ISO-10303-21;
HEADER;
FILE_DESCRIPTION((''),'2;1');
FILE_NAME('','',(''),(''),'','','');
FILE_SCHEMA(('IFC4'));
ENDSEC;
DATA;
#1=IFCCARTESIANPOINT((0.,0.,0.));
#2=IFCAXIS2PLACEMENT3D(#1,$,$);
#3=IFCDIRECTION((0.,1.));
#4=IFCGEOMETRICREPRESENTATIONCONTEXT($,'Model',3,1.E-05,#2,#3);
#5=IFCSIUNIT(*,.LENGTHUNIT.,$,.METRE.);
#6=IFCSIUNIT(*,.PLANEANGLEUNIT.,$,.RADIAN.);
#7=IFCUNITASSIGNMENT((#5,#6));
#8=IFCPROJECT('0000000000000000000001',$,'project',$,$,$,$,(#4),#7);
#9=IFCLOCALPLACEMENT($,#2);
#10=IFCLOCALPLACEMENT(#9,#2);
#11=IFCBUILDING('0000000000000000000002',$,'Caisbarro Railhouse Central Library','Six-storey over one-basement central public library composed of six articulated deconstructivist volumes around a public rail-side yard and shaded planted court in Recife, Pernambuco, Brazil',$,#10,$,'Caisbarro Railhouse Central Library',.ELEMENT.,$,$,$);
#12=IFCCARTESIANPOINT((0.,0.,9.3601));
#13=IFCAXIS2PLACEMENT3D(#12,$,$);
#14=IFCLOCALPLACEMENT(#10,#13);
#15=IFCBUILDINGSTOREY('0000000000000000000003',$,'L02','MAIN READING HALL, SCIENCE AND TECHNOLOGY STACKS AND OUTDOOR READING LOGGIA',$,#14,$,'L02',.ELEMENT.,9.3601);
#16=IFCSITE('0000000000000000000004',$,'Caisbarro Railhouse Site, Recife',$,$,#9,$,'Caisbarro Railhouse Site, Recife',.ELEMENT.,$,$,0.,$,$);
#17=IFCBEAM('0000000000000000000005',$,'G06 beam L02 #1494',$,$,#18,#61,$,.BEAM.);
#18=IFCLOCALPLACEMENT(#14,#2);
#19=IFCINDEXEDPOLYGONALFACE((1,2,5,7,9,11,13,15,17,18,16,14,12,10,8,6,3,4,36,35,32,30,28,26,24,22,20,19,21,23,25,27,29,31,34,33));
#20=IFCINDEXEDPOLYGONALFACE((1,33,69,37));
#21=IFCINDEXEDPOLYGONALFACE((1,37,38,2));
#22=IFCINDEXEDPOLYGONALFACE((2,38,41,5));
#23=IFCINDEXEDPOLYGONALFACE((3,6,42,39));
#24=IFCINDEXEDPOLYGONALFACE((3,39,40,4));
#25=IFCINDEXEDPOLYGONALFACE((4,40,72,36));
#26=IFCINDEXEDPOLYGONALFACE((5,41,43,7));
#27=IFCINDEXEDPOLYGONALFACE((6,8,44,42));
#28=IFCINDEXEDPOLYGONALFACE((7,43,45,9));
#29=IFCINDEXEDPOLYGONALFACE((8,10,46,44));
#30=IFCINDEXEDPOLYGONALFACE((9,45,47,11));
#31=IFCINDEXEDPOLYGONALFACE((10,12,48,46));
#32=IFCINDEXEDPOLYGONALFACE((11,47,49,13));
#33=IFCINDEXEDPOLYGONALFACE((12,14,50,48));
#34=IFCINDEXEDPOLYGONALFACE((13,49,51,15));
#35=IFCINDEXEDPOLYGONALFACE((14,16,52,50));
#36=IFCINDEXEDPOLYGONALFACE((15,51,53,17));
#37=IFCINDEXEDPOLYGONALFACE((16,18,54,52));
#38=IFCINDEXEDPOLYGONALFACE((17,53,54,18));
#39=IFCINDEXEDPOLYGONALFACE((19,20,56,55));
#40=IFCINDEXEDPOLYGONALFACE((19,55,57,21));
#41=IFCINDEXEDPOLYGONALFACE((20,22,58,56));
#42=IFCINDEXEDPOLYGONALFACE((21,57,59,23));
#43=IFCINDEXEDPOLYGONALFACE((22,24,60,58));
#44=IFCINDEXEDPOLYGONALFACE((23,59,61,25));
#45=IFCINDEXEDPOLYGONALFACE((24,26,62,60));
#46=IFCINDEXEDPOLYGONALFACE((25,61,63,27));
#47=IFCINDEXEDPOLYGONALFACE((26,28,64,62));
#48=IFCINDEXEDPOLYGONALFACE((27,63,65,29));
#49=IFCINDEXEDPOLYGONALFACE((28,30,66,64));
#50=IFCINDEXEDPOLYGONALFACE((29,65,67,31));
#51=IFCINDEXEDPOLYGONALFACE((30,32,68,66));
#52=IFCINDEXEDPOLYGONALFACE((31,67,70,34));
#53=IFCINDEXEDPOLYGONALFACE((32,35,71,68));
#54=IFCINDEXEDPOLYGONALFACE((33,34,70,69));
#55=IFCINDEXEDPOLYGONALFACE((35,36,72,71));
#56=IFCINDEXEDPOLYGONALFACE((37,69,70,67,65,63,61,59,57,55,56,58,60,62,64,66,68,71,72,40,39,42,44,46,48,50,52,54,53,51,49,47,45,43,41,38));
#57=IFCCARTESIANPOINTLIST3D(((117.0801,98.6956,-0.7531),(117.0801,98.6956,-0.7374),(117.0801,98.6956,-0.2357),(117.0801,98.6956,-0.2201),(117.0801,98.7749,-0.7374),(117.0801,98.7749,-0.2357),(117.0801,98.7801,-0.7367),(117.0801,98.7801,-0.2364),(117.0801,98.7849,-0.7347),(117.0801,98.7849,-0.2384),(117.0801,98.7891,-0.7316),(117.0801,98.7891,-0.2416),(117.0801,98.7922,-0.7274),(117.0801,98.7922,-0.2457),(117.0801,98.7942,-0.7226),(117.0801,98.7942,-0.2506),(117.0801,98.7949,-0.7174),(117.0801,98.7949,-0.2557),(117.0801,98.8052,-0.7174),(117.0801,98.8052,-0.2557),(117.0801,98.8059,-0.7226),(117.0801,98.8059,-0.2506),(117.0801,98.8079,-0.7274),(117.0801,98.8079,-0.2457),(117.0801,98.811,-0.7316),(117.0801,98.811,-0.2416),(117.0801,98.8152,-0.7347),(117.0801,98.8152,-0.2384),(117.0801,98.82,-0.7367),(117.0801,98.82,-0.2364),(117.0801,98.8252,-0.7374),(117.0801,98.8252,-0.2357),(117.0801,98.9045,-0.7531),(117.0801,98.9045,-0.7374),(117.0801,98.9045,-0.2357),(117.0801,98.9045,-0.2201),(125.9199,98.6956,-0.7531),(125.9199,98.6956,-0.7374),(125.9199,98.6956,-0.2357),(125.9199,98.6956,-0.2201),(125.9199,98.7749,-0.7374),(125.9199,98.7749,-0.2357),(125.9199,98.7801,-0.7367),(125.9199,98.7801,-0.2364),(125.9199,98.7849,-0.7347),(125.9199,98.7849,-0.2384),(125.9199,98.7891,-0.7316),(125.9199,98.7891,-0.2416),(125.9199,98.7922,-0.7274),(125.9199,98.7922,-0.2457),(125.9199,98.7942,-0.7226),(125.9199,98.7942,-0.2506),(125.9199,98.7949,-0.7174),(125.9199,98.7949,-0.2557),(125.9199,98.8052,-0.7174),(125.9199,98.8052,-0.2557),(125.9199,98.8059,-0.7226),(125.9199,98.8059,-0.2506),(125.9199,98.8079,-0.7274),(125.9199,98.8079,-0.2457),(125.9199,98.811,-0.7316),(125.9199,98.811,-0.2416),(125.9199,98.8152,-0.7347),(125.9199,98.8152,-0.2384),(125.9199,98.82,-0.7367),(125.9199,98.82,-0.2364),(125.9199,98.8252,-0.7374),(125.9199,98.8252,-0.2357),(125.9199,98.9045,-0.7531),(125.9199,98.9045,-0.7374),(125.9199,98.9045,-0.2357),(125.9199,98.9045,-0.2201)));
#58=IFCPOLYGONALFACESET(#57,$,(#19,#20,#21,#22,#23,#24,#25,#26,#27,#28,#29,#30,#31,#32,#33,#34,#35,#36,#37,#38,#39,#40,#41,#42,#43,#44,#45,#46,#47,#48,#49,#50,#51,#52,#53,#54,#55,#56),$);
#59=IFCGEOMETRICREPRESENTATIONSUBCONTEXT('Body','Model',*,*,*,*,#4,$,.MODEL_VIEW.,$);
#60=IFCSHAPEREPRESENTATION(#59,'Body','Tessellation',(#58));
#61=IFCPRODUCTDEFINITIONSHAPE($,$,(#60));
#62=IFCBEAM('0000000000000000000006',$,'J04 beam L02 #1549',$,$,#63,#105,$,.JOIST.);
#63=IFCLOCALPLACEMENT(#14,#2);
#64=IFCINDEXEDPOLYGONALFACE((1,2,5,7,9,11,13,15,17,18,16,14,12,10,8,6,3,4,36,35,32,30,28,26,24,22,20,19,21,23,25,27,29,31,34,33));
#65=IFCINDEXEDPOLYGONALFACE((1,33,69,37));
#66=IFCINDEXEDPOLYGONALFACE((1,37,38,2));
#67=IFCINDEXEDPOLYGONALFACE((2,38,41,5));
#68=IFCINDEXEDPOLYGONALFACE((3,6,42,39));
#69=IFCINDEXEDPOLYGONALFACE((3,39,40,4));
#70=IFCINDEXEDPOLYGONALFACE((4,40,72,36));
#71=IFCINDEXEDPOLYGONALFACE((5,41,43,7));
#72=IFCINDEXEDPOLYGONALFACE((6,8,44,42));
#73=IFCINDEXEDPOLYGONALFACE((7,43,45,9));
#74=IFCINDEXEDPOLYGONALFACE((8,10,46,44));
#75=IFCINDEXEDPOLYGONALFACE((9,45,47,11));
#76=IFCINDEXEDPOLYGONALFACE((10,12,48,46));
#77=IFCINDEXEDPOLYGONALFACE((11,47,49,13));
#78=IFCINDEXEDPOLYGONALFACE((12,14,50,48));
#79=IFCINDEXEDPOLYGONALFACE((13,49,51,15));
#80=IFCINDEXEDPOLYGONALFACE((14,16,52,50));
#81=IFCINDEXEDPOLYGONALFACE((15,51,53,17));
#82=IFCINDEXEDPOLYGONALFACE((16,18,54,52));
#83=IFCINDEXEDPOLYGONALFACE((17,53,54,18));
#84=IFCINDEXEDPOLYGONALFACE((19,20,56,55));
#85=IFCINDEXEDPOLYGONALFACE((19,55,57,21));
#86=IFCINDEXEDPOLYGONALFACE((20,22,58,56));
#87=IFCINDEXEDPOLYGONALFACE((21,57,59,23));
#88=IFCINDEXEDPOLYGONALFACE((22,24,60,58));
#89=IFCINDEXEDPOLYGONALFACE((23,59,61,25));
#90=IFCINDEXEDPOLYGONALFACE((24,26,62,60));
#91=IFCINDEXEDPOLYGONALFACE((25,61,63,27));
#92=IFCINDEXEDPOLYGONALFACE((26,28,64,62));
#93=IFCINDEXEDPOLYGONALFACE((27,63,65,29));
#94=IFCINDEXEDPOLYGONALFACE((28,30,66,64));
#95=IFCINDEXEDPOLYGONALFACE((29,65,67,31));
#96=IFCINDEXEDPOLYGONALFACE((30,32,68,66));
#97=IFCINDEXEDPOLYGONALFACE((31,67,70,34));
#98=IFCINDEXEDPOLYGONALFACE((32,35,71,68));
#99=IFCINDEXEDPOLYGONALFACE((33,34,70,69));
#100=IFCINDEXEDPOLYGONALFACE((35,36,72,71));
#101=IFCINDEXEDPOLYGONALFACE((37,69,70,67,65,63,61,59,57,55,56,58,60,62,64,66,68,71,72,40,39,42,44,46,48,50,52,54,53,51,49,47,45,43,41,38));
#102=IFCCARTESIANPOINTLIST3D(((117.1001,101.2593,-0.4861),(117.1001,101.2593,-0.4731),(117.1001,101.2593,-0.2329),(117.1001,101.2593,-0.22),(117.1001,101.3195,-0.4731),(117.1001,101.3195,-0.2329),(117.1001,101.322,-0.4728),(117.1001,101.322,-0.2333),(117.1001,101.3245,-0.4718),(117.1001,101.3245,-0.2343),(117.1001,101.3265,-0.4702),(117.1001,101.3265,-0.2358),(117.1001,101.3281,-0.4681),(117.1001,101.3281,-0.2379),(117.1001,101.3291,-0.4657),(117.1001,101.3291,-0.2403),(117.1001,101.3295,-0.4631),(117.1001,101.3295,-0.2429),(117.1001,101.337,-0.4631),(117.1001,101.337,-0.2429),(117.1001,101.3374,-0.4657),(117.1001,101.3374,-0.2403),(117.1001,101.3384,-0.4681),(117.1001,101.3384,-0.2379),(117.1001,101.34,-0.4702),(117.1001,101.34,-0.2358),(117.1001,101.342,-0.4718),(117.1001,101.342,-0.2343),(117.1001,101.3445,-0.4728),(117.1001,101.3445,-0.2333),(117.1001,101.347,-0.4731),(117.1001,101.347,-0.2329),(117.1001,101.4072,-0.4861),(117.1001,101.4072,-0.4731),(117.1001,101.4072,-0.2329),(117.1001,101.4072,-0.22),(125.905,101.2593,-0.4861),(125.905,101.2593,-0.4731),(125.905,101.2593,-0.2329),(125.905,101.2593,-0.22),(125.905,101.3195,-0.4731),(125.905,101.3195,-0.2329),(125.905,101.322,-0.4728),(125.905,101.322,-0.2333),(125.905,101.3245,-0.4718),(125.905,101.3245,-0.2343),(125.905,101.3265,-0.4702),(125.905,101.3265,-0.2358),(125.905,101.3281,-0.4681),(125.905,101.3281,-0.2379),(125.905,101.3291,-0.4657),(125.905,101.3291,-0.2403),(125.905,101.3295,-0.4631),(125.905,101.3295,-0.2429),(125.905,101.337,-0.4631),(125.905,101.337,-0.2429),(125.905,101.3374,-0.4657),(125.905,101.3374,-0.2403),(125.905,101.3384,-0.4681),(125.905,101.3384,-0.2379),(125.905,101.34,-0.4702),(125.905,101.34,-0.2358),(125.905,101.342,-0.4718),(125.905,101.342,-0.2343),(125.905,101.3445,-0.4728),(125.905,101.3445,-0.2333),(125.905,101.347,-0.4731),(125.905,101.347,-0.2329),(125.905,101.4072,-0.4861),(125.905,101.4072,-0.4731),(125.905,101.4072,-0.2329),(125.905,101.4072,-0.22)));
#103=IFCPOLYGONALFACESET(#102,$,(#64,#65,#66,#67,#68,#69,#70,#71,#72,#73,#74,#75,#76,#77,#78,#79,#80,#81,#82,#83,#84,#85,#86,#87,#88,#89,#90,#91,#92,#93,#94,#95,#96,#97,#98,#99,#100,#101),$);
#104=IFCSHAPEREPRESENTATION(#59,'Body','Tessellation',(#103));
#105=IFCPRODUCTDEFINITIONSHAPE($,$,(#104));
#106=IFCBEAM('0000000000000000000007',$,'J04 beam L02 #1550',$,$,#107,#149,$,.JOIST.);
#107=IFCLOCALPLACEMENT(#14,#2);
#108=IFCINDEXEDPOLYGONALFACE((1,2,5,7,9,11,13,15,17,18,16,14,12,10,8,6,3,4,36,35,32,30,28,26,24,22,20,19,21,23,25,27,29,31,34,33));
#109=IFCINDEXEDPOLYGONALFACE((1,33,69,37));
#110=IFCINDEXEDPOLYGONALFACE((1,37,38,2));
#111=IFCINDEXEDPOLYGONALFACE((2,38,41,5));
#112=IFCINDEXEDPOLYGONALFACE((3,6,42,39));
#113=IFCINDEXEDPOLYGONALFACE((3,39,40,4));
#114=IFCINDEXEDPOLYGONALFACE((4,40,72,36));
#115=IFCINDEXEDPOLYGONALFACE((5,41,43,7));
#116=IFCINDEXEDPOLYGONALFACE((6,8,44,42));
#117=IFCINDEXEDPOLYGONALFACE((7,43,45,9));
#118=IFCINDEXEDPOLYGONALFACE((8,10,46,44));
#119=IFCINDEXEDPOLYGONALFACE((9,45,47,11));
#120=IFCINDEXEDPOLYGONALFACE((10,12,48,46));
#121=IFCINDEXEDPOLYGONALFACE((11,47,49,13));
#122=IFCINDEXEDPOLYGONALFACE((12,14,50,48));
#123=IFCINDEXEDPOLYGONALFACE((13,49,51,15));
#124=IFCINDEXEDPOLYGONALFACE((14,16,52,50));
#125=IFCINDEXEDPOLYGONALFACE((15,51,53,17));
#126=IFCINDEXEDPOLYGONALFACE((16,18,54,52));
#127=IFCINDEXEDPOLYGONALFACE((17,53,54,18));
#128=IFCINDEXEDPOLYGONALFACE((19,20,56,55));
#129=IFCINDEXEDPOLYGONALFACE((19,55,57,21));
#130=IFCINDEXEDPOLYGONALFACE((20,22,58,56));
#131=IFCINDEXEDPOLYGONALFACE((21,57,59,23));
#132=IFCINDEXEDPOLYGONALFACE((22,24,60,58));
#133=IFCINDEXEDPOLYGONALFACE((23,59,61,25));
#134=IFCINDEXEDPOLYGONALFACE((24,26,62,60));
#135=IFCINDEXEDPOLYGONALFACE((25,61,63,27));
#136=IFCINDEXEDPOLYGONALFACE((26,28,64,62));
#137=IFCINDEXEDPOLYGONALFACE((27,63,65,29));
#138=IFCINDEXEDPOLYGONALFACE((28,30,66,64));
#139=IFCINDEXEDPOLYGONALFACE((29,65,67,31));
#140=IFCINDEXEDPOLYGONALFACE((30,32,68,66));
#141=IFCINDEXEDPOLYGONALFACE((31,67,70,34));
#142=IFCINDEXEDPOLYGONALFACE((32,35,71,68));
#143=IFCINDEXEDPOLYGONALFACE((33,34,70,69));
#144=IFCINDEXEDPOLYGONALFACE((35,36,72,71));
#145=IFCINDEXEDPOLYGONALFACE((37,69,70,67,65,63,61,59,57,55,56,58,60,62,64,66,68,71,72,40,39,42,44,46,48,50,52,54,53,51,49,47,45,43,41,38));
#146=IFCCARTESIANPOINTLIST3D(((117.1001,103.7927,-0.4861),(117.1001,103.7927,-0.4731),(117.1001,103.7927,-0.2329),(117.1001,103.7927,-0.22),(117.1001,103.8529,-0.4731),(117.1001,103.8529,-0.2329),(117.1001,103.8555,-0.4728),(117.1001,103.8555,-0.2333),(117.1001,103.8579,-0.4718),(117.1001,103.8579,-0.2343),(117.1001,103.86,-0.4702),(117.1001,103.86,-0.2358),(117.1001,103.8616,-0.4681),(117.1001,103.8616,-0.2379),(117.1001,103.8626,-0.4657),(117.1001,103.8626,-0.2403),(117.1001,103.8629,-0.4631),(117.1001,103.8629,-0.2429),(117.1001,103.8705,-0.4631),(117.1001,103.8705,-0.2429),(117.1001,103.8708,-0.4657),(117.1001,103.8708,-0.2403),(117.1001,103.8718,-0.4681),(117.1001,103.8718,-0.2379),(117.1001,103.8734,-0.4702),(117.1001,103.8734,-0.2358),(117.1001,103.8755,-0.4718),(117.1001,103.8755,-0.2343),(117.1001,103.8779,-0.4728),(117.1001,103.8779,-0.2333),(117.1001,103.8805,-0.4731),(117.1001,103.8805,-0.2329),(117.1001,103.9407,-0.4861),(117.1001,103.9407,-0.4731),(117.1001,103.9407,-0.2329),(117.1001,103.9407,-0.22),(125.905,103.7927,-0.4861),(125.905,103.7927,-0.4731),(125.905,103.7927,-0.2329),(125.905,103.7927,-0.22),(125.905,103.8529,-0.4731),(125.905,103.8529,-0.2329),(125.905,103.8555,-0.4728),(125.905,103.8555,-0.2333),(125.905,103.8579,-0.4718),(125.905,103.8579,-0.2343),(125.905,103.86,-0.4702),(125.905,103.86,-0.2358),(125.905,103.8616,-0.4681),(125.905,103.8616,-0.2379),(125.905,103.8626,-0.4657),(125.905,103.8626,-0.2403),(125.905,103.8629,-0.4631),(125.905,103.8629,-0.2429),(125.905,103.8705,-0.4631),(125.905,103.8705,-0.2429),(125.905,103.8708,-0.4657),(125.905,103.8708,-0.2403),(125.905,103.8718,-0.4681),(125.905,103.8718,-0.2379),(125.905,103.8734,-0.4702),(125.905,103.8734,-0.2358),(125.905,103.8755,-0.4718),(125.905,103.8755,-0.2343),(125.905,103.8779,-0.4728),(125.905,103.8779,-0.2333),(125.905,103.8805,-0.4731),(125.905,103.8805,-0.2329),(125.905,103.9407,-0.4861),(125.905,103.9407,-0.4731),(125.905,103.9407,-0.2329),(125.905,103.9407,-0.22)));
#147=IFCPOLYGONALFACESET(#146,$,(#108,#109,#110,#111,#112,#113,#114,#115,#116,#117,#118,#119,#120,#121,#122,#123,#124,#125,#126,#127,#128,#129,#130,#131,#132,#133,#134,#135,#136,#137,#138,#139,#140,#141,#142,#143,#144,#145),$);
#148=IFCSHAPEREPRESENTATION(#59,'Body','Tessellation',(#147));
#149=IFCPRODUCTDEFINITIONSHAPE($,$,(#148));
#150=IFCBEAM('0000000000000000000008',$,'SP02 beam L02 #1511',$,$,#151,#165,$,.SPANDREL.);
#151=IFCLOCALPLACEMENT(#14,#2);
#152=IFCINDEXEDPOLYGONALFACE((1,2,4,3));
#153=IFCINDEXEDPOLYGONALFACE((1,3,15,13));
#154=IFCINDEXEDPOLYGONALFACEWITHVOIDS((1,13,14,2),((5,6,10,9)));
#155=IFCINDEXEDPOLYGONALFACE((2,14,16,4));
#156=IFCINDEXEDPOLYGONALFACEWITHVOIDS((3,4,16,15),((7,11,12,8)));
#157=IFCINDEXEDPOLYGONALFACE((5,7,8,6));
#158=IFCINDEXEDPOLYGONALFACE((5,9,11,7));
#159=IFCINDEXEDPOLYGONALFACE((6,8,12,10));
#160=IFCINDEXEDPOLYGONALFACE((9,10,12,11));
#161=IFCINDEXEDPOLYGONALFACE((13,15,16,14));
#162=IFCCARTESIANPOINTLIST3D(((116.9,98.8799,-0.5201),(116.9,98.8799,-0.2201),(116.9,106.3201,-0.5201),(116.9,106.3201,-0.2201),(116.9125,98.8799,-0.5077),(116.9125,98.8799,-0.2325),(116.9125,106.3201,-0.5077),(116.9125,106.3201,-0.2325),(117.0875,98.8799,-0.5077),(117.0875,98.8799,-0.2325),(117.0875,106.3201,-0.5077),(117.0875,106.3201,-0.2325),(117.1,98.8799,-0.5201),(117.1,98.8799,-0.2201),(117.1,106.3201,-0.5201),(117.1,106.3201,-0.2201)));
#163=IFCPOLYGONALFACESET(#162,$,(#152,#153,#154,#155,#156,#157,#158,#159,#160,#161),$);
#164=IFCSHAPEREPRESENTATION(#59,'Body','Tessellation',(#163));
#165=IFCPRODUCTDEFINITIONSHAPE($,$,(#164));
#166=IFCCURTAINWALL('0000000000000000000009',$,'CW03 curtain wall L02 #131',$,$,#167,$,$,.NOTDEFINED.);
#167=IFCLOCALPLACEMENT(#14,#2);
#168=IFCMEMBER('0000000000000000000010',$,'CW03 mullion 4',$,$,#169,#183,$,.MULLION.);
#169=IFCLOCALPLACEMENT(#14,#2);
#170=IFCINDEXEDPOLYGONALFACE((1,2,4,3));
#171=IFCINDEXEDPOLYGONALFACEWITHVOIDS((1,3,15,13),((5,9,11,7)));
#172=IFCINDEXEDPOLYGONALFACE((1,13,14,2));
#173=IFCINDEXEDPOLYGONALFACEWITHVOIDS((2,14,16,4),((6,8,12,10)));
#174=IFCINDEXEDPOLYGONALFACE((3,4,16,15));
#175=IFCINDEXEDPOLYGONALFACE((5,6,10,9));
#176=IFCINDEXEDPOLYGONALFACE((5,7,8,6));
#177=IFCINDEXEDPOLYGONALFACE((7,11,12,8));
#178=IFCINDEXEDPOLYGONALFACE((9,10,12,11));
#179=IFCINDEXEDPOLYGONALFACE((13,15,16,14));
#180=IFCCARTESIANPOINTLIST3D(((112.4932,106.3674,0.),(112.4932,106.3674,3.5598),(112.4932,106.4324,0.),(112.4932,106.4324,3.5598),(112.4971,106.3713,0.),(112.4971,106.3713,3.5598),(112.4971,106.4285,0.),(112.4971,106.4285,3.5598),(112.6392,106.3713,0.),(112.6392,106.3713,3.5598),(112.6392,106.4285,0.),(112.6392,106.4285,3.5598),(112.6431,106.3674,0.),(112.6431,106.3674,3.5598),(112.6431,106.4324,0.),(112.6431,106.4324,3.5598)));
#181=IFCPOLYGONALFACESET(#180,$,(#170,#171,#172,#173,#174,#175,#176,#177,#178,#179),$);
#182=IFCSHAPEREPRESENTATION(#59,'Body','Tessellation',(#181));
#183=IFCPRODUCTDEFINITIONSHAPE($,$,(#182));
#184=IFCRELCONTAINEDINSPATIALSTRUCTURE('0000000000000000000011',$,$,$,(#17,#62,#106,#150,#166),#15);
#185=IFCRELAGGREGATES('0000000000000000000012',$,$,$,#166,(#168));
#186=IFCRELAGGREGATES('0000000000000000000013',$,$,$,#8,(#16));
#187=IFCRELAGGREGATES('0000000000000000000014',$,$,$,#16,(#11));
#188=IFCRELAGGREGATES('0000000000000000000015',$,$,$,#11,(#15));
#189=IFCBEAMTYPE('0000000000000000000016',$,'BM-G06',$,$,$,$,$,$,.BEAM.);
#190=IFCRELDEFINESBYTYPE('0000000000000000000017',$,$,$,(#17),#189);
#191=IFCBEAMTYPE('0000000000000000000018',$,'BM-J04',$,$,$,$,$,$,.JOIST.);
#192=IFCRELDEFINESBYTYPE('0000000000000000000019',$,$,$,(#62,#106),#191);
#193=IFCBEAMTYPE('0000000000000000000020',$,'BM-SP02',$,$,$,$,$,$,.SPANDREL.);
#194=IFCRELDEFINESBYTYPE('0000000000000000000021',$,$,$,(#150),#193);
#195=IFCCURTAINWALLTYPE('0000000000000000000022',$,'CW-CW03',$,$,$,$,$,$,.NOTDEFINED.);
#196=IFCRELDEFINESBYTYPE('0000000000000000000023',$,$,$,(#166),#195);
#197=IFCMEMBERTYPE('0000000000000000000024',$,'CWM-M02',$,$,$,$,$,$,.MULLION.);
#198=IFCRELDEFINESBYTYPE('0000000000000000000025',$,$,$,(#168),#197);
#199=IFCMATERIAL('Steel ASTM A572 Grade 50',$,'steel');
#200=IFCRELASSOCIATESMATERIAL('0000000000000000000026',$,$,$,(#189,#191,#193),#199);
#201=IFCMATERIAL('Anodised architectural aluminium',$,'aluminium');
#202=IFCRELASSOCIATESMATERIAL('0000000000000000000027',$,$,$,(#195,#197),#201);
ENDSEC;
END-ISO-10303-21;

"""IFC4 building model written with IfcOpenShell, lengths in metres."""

from ifc_helpers import new_model, si_unit, direction, frame, origin, origin_2d, place, context, subcontext, project, spatial, hollow_rectangle, i_section, extrude, material, material_profile, profile_set, type_object, element, aggregate, save


model = new_model("IFC4")

# Units and contexts
model_context = context("Model", 3, precision=1e-05, world=origin(), true_north=direction((0.0, 1.0)))
body_context = subcontext(model_context, "Body", "Model", "MODEL_VIEW")
ifc_project = project(units=[si_unit("LENGTHUNIT", "METRE"), si_unit("PLANEANGLEUNIT", "RADIAN")], contexts=[model_context])

# Site, building, storey
site_placement = place(None, origin())
site = spatial("IfcSite", under=ifc_project, at=site_placement, Name="Caisbarro Railhouse Site, Recife", LongName="Caisbarro Railhouse Site, Recife", CompositionType="ELEMENT", RefElevation=0.0)
building_placement = place(site_placement, origin())
building = spatial("IfcBuilding", under=site, at=building_placement, Name="Caisbarro Railhouse Central Library", Description="Six-storey over one-basement central public library composed of six articulated deconstructivist volumes around a public rail-side yard and shaded planted court in Recife, Pernambuco, Brazil", LongName="Caisbarro Railhouse Central Library", CompositionType="ELEMENT")
storey_placement = place(building_placement, frame((0.0, 0.0, 9.3601)))
storey = spatial("IfcBuildingStorey", under=building, at=storey_placement, Name="L02", Description="MAIN READING HALL, SCIENCE AND TECHNOLOGY STACKS AND OUTDOOR READING LOGGIA", LongName="L02", CompositionType="ELEMENT", Elevation=9.3601)

# Beams
ifc_material_1 = material(Name="Steel ASTM A572 Grade 50", Category="steel")
ifc_material_profile_1 = material_profile(ifc_material_1, i_section(OverallWidth=0.209, OverallDepth=0.533, WebThickness=0.0103, FlangeThickness=0.0156, FilletRadius=0.02, at=origin_2d()), Name="W530X92.0")
ifc_profile_set_1 = profile_set([ifc_material_profile_1], Name="Steel ASTM A572 Grade 50")
beam_type_1 = type_object("IfcBeamType", Name="BM-G06", PredefinedType="BEAM", material=ifc_profile_set_1)
beam_1_placement = place(storey_placement, frame((117.0801, 98.8, -0.4866), z_axis=(1.0, 0.0, 0.0), x_axis=(0.0, 1.0, 0.0)))
element("IfcBeam", 1, at=beam_1_placement, inside=storey, type_object=beam_type_1, Name="G06 beam L02 #1494", PredefinedType="BEAM", context=body_context, shape_type="SweptSolid", body=[
    extrude(i_section(OverallWidth=0.209, OverallDepth=0.533, WebThickness=0.0103, FlangeThickness=0.0156, FilletRadius=0.02, at=origin_2d()), origin(), (0.0, 0.0, 1.0), 8.8398),
])
ifc_material_profile_2 = material_profile(ifc_material_1, i_section(OverallWidth=0.1479, OverallDepth=0.2661, WebThickness=0.0076, FlangeThickness=0.0129, FilletRadius=0.01, at=origin_2d()), Name="W250X44.8")
ifc_profile_set_2 = profile_set([ifc_material_profile_2], Name="Steel ASTM A572 Grade 50")
beam_type_2 = type_object("IfcBeamType", Name="BM-J04", PredefinedType="JOIST", material=ifc_profile_set_2)
for number, where, z_axis, x_axis, name in (
    (2, (117.1001, 101.3333, -0.353), (1.0, 0.0, 0.0), (0.0, 1.0, 0.0), "J04 beam L02 #1549"),
    (3, (117.1001, 103.8667, -0.353), (1.0, 0.0, 0.0), (0.0, 1.0, 0.0), "J04 beam L02 #1550"),
):
    element("IfcBeam", number, at=place(storey_placement, frame(where, z_axis=z_axis, x_axis=x_axis)), inside=storey, type_object=beam_type_2, Name=name, PredefinedType="JOIST", context=body_context, shape_type="SweptSolid", body=[
        extrude(i_section(OverallWidth=0.1479, OverallDepth=0.2661, WebThickness=0.0076, FlangeThickness=0.0129, FilletRadius=0.01, at=origin_2d()), origin(), (0.0, 0.0, 1.0), 8.8049),
    ])
ifc_material_profile_3 = material_profile(ifc_material_1, hollow_rectangle(XDim=0.2, YDim=0.3, WallThickness=0.0125, at=origin_2d()), Name="HSS300X200X12.5")
ifc_profile_set_3 = profile_set([ifc_material_profile_3], Name="Steel ASTM A572 Grade 50")
beam_type_3 = type_object("IfcBeamType", Name="BM-SP02", PredefinedType="SPANDREL", material=ifc_profile_set_3)
beam_2_placement = place(storey_placement, frame((117.0, 98.8799, -0.3701), z_axis=(0.0, 1.0, 0.0), x_axis=(-1.0, 0.0, 0.0)))
element("IfcBeam", 4, at=beam_2_placement, inside=storey, type_object=beam_type_3, Name="SP02 beam L02 #1511", PredefinedType="SPANDREL", context=body_context, shape_type="SweptSolid", body=[
    extrude(hollow_rectangle(XDim=0.2, YDim=0.3, WallThickness=0.0125, at=origin_2d()), origin(), (0.0, 0.0, 1.0), 7.4402),
])

# Curtain wall, member
ifc_material_2 = material(Name="Anodised architectural aluminium", Category="aluminium")
curtain_wall_type = type_object("IfcCurtainWallType", Name="CW-CW03", PredefinedType="NOTDEFINED", material=ifc_material_2)
curtain_wall_placement = place(storey_placement, origin())
curtain_wall = element("IfcCurtainWall", 5, at=curtain_wall_placement, inside=storey, type_object=curtain_wall_type, Name="CW03 curtain wall L02 #131", PredefinedType="NOTDEFINED")
ifc_material_profile_4 = material_profile(ifc_material_2, hollow_rectangle(XDim=0.0649, YDim=0.1499, WallThickness=0.0039, at=origin_2d()), Name="ALU-MUL-65X150")
ifc_profile_set_4 = profile_set([ifc_material_profile_4], Name="Anodised architectural aluminium")
member_type_1 = type_object("IfcMemberType", Name="CWM-M02", PredefinedType="MULLION", material=ifc_profile_set_4)
member_1_placement = place(storey_placement, frame((112.5681, 106.3999, 0.0), z_axis=(0.0, 0.0, 1.0), x_axis=(0.0, 1.0, 0.0)))
member_1 = element("IfcMember", 6, at=member_1_placement, type_object=member_type_1, Name="CW03 mullion 4", PredefinedType="MULLION", context=body_context, shape_type="SweptSolid", body=[
    extrude(hollow_rectangle(XDim=0.0649, YDim=0.1499, WallThickness=0.0039, at=origin_2d()), origin(), (0.0, 0.0, 1.0), 3.5598),
])
aggregate(curtain_wall, [member_1])

save(model, "model.ifc")
